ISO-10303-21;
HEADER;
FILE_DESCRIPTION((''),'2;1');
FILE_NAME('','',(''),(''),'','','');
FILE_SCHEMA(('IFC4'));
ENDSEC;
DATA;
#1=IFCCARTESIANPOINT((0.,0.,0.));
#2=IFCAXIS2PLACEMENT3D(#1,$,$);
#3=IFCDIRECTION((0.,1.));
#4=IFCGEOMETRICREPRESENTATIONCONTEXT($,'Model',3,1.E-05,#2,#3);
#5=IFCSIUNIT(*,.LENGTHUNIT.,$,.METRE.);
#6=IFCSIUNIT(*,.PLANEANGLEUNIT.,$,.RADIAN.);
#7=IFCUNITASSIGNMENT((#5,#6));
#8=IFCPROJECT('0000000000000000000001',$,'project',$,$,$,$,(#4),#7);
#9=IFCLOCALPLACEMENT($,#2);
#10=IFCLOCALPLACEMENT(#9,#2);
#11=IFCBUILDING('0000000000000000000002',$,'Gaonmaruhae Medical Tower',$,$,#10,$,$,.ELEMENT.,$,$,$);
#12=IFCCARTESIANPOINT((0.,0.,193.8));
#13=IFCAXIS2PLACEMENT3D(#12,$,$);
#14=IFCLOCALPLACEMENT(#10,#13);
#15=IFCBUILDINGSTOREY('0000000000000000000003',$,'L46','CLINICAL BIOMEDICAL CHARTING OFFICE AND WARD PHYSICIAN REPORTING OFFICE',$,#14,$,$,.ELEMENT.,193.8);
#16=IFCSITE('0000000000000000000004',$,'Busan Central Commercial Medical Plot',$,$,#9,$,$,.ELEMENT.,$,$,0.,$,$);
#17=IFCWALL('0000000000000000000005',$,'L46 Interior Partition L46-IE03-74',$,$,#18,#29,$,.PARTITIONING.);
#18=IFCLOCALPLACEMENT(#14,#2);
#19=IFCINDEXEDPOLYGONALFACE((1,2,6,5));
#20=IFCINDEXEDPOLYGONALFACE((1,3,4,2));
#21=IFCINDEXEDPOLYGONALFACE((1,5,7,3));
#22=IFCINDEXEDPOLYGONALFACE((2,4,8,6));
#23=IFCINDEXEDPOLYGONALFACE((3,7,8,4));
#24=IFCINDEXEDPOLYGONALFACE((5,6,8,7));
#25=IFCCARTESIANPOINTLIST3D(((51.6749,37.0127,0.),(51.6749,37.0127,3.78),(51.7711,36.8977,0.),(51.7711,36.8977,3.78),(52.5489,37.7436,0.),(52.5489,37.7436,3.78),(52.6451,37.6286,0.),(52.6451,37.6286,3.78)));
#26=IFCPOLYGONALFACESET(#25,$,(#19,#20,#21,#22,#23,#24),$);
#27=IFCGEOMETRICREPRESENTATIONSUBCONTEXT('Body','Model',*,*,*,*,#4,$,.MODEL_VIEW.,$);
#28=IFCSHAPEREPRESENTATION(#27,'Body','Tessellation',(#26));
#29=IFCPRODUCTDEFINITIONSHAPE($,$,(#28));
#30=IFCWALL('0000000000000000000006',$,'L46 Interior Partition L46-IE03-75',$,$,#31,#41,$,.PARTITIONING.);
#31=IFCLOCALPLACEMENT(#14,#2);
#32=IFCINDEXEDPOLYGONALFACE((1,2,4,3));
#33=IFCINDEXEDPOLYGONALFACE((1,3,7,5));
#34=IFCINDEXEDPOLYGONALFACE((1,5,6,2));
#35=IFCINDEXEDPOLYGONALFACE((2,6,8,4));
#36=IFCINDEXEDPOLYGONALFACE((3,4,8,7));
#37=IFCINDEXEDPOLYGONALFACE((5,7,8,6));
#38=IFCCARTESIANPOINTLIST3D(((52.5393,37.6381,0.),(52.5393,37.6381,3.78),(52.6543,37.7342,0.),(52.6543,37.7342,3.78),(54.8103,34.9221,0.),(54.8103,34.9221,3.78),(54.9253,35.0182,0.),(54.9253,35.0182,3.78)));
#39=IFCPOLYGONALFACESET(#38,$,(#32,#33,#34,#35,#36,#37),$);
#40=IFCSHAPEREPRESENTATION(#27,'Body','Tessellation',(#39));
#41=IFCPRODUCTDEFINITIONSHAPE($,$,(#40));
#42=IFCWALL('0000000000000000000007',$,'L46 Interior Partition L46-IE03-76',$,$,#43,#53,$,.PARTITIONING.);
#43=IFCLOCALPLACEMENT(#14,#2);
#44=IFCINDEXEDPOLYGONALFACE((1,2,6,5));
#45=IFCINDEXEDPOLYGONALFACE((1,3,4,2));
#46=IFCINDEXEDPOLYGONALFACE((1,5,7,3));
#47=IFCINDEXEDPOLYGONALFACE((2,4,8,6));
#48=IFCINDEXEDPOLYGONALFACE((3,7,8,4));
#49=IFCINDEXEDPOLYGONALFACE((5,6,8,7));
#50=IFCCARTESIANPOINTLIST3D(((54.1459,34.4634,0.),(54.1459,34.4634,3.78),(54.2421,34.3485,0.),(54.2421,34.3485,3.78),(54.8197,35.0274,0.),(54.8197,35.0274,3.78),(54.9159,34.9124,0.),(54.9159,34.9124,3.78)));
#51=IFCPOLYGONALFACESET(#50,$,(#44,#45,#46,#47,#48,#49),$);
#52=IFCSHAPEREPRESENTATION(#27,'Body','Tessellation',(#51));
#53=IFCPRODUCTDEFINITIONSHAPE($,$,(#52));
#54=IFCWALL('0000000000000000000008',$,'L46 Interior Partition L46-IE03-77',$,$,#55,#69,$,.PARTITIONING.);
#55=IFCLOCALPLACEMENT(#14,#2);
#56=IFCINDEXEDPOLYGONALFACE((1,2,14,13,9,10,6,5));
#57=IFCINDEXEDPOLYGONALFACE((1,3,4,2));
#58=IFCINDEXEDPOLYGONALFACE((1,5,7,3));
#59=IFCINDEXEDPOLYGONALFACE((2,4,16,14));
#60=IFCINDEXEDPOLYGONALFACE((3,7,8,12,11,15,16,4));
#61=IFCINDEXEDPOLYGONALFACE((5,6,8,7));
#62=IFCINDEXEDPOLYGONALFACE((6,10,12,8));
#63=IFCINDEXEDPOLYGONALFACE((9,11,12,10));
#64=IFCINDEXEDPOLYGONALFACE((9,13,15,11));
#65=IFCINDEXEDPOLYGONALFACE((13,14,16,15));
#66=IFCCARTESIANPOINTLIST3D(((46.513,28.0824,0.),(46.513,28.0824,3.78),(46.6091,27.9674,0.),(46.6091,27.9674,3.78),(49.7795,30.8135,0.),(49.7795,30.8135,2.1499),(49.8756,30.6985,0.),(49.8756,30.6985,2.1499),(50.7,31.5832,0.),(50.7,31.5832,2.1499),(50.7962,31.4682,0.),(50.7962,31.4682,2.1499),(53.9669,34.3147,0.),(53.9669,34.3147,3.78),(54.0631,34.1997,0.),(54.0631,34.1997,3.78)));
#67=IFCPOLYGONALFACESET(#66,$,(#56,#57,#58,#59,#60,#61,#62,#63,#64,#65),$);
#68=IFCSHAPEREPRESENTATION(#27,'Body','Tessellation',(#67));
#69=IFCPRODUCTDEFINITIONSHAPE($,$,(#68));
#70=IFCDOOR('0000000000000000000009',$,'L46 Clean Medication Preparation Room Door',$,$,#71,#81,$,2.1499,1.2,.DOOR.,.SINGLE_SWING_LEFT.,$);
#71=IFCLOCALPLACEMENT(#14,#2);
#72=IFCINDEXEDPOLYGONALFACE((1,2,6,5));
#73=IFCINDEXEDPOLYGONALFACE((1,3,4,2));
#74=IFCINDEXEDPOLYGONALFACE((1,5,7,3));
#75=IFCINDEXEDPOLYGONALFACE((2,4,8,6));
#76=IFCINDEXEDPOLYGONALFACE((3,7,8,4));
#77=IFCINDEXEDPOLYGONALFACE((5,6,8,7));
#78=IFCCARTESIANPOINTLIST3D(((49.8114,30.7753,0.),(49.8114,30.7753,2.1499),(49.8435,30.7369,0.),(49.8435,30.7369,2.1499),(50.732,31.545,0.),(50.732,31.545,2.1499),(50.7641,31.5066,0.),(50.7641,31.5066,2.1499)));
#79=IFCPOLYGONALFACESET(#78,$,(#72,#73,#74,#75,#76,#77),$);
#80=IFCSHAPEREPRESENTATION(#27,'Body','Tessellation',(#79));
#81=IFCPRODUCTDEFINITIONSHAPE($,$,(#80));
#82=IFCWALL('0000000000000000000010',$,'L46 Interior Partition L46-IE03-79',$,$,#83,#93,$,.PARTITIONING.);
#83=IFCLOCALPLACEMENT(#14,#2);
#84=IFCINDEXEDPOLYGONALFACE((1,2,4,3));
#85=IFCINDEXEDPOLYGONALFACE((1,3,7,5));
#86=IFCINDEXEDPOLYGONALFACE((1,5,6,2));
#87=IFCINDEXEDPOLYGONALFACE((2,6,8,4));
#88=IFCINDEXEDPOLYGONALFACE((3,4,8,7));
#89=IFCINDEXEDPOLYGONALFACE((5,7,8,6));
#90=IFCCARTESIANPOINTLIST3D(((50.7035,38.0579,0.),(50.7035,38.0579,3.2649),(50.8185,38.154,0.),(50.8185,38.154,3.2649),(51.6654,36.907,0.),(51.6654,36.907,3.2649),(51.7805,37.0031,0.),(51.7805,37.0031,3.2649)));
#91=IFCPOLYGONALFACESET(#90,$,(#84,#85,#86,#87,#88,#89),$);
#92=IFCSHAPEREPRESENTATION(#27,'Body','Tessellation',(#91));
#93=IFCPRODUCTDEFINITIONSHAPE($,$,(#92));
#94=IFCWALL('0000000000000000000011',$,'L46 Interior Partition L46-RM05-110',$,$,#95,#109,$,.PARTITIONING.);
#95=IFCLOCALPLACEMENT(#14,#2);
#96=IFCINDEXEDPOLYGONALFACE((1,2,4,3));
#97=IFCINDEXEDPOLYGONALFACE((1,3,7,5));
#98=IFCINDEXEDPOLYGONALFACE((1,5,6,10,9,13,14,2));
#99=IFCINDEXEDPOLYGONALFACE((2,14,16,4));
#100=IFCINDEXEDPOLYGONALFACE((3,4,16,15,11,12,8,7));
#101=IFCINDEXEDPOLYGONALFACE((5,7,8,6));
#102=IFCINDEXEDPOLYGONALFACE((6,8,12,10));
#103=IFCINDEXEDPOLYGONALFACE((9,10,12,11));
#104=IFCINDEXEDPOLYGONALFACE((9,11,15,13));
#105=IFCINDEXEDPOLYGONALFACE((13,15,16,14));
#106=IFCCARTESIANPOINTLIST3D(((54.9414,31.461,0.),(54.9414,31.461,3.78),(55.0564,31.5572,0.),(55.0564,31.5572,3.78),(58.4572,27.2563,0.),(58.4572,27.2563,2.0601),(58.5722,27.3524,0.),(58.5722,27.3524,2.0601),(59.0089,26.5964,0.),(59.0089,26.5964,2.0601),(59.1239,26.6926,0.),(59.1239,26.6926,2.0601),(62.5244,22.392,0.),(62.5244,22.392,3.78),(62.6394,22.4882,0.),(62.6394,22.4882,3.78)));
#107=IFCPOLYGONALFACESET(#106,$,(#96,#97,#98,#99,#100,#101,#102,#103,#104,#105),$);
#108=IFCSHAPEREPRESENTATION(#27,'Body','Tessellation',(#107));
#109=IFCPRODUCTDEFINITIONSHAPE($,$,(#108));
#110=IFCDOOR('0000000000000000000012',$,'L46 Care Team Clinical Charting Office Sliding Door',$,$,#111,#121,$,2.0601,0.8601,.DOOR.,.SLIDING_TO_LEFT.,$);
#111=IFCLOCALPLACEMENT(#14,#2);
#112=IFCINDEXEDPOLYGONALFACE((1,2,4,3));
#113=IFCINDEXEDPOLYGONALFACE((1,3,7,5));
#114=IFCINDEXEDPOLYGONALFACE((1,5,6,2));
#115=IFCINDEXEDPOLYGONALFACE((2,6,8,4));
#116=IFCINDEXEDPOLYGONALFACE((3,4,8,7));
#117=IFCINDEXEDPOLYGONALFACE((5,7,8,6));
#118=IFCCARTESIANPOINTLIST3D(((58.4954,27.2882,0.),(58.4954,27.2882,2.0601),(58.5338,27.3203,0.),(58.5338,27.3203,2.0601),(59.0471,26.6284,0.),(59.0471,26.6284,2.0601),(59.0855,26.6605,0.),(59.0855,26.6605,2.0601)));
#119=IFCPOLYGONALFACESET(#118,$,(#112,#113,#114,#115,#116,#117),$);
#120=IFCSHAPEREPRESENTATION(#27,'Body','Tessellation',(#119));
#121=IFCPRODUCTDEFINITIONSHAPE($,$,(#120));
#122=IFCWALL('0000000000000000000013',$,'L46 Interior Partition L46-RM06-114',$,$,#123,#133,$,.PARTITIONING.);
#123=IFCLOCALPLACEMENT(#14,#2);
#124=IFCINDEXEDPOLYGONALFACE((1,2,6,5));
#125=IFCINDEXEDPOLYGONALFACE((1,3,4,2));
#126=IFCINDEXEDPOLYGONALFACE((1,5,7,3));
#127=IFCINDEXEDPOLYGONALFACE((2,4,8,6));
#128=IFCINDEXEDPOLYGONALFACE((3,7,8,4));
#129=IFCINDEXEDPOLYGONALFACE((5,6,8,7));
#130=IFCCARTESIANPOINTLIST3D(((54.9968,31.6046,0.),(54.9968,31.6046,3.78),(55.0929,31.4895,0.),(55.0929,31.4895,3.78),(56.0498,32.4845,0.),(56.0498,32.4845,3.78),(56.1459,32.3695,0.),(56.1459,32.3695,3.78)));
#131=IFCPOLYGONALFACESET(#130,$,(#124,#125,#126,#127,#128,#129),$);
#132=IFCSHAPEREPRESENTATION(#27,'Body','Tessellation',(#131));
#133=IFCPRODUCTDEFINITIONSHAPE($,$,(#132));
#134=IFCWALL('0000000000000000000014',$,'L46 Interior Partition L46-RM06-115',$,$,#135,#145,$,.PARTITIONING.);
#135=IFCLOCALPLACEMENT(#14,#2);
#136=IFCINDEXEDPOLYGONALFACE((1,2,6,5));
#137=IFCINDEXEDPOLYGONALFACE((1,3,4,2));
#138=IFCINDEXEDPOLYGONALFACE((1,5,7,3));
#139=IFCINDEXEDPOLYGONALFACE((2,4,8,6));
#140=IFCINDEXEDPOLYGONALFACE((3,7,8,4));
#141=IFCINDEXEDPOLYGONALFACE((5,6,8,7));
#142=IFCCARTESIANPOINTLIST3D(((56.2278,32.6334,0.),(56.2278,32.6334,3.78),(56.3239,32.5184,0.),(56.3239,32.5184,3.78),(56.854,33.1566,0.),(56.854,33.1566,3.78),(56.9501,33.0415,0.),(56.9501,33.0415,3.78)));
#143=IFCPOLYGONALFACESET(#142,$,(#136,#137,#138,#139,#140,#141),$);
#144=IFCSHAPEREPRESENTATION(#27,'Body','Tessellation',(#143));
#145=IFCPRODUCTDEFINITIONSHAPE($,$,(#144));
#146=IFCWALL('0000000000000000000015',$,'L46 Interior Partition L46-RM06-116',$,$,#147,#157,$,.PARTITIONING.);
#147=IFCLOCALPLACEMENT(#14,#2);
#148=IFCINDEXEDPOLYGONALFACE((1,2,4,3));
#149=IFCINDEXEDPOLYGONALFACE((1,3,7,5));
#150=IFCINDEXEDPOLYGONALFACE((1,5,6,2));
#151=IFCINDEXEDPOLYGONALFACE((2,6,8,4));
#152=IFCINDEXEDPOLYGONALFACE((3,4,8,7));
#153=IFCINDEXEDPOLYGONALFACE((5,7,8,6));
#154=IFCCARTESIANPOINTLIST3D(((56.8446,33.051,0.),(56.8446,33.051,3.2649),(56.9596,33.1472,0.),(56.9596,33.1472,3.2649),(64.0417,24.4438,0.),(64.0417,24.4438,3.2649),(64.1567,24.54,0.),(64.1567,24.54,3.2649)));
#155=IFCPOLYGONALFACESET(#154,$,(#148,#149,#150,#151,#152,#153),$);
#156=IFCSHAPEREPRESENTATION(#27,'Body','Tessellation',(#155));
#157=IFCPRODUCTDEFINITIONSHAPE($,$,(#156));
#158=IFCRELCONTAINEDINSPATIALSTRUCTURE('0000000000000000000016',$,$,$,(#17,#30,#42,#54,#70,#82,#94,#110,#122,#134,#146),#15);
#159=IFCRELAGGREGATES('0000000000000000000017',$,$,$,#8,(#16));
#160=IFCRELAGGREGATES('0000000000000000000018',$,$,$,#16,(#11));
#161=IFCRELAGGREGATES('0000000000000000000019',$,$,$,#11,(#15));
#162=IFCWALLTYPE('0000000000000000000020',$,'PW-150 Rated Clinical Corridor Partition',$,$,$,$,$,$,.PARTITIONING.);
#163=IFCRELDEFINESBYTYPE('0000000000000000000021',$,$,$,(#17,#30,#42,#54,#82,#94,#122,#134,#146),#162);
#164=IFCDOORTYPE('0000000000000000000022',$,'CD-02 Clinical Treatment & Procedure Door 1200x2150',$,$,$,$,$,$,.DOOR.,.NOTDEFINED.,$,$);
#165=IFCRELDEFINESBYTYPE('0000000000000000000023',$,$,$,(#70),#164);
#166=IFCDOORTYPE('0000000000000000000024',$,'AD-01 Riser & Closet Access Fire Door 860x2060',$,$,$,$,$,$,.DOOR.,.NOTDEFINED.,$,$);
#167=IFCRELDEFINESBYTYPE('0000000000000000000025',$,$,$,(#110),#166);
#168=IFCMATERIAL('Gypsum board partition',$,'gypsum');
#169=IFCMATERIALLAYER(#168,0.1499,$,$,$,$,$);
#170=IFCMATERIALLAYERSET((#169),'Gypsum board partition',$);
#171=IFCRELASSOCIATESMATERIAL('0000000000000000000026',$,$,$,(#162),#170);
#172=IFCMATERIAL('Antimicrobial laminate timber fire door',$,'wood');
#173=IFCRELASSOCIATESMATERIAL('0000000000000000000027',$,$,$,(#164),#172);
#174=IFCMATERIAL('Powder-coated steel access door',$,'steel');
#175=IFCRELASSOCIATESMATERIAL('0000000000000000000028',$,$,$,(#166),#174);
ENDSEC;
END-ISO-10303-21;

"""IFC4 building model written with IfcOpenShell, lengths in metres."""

from ifc_helpers import new_model, si_unit, direction, frame, frame_2d, origin, place, context, subcontext, project, spatial, rectangle, extrude, material, layer, layer_set, type_object, element, fill, save


model = new_model("IFC4")

# Units and contexts
model_context = context("Model", 3, precision=1e-05, world=origin(), true_north=direction((0.0, 1.0)))
body_context = subcontext(model_context, "Body", "Model", "MODEL_VIEW")
ifc_project = project(units=[si_unit("LENGTHUNIT", "METRE"), si_unit("PLANEANGLEUNIT", "RADIAN")], contexts=[model_context])

# Site, building, storey
site_placement = place(None, origin())
site = spatial("IfcSite", under=ifc_project, at=site_placement, Name="Busan Central Commercial Medical Plot", CompositionType="ELEMENT", RefElevation=0.0)
building_placement = place(site_placement, origin())
building = spatial("IfcBuilding", under=site, at=building_placement, Name="Gaonmaruhae Medical Tower", CompositionType="ELEMENT")
storey_placement = place(building_placement, frame((0.0, 0.0, 193.8)))
storey = spatial("IfcBuildingStorey", under=building, at=storey_placement, Name="L46", Description="CLINICAL BIOMEDICAL CHARTING OFFICE AND WARD PHYSICIAN REPORTING OFFICE", CompositionType="ELEMENT", Elevation=193.8)

# Walls
ifc_material_1 = material(Name="Gypsum board partition", Category="gypsum")
ifc_layer_1 = layer(ifc_material_1, 0.1499)
ifc_layer_set_1 = layer_set([ifc_layer_1], Name="Gypsum board partition")
wall_type_1 = type_object("IfcWallType", Name="PW-150 Rated Clinical Corridor Partition", PredefinedType="PARTITIONING", material=ifc_layer_set_1)
wall_1_placement = place(storey_placement, frame((51.7229, 36.9551, 0.0), z_axis=(0.0, 0.0, 1.0), x_axis=(0.767096, 0.641532, 0.0)))
element("IfcWall", 1, at=wall_1_placement, inside=storey, type_object=wall_type_1, Name="L46 Interior Partition L46-IE03-74", PredefinedType="PARTITIONING", context=body_context, shape_type="SweptSolid", body=[
    extrude(rectangle(XDim=1.1394, YDim=0.1499, at=frame_2d((0.5698, 0.0))), origin(), (0.0, 0.0, 1.0), 3.78),
])
wall_2_placement = place(storey_placement, frame((52.5969, 37.686, 0.0), z_axis=(0.0, 0.0, 1.0), x_axis=(0.641452, -0.767163, 0.0)))
element("IfcWall", 2, at=wall_2_placement, inside=storey, type_object=wall_type_1, Name="L46 Interior Partition L46-IE03-75", PredefinedType="PARTITIONING", context=body_context, shape_type="SweptSolid", body=[
    extrude(rectangle(XDim=3.5403, YDim=0.1499, at=frame_2d((1.77, 0.0))), origin(), (0.0, 0.0, 1.0), 3.78),
])
wall_3_placement = place(storey_placement, frame((54.8679, 34.97, 0.0), z_axis=(0.0, 0.0, 1.0), x_axis=(-0.766853, -0.641823, 0.0)))
element("IfcWall", 3, at=wall_3_placement, inside=storey, type_object=wall_type_1, Name="L46 Interior Partition L46-IE03-76", PredefinedType="PARTITIONING", context=body_context, shape_type="SweptSolid", body=[
    extrude(rectangle(XDim=0.8787, YDim=0.1499, at=frame_2d((0.4395, 0.0))), origin(), (0.0, 0.0, 1.0), 3.78),
])

# Wall, opening, door
wall_4_placement = place(storey_placement, frame((54.0149, 34.2571, 0.0), z_axis=(0.0, 0.0, 1.0), x_axis=(-0.767176, -0.641437, 0.0)))
wall_4 = element("IfcWall", 4, at=wall_4_placement, inside=storey, type_object=wall_type_1, Name="L46 Interior Partition L46-IE03-77", PredefinedType="PARTITIONING", context=body_context, shape_type="SweptSolid", body=[
    extrude(rectangle(XDim=9.7161, YDim=0.1499, at=frame_2d((4.8579, 0.0))), origin(), (0.0, 0.0, 1.0), 3.78),
])
opening_1_placement = place(wall_4_placement, frame((4.2581, 0.0, 0.0)))
opening_1 = element("IfcOpeningElement", 5, at=opening_1_placement, cuts=wall_4, PredefinedType="OPENING", context=body_context, shape_type="SweptSolid", body=[
    extrude(rectangle(XDim=1.2, YDim=2.1499, at=frame_2d((0.6001, 1.075))), frame((0.0, 0.085, 0.0), z_axis=(0.0, -1.0, 0.0), x_axis=(1.0, 0.0, 0.0)), (0.0, 0.0, 1.0), 0.1699),
])
ifc_material_2 = material(Name="Antimicrobial laminate timber fire door", Category="wood")
door_type_1 = type_object("IfcDoorType", Name="CD-02 Clinical Treatment & Procedure Door 1200x2150", OperationType="NOTDEFINED", PredefinedType="DOOR", material=ifc_material_2)
door_1_placement = place(opening_1_placement, origin())
door_1 = element("IfcDoor", 6, at=door_1_placement, inside=storey, type_object=door_type_1, Name="L46 Clean Medication Preparation Room Door", OperationType="SINGLE_SWING_LEFT", OverallHeight=2.1499, OverallWidth=1.2, PredefinedType="DOOR", context=body_context, shape_type="SweptSolid", body=[
    extrude(rectangle(XDim=1.2, YDim=2.1499, at=frame_2d((0.6001, 1.075))), frame((0.0, 0.0249, 0.0), z_axis=(0.0, -1.0, 0.0), x_axis=(1.0, 0.0, 0.0)), (0.0, 0.0, 1.0), 0.05),
])
fill(opening_1, door_1)

# Wall
wall_5_placement = place(storey_placement, frame((50.761, 38.106, 0.0), z_axis=(0.0, 0.0, 1.0), x_axis=(0.641304, -0.767287, 0.0)))
element("IfcWall", 7, at=wall_5_placement, inside=storey, type_object=wall_type_1, Name="L46 Interior Partition L46-IE03-79", PredefinedType="PARTITIONING", context=body_context, shape_type="SweptSolid", body=[
    extrude(rectangle(XDim=1.5, YDim=0.1499, at=frame_2d((0.75, 0.0))), origin(), (0.0, 0.0, 1.0), 3.2649),
])

# Wall, opening, door
wall_6_placement = place(storey_placement, frame((54.999, 31.509, 0.0), z_axis=(0.0, 0.0, 1.0), x_axis=(0.641453, -0.767162, 0.0)))
wall_6 = element("IfcWall", 8, at=wall_6_placement, inside=storey, type_object=wall_type_1, Name="L46 Interior Partition L46-RM05-110", PredefinedType="PARTITIONING", context=body_context, shape_type="SweptSolid", body=[
    extrude(rectangle(XDim=11.8215, YDim=0.1499, at=frame_2d((5.9106, 0.0))), origin(), (0.0, 0.0, 1.0), 3.78),
])
opening_2_placement = place(wall_6_placement, frame((5.4807, 0.0, 0.0)))
opening_2 = element("IfcOpeningElement", 9, at=opening_2_placement, cuts=wall_6, PredefinedType="OPENING", context=body_context, shape_type="SweptSolid", body=[
    extrude(rectangle(XDim=0.8601, YDim=2.0601, at=frame_2d((0.4302, 1.03))), frame((0.0, 0.085, 0.0), z_axis=(0.0, -1.0, 0.0), x_axis=(1.0, 0.0, 0.0)), (0.0, 0.0, 1.0), 0.1699),
])
ifc_material_3 = material(Name="Powder-coated steel access door", Category="steel")
door_type_2 = type_object("IfcDoorType", Name="AD-01 Riser & Closet Access Fire Door 860x2060", OperationType="NOTDEFINED", PredefinedType="DOOR", material=ifc_material_3)
door_2_placement = place(opening_2_placement, origin())
door_2 = element("IfcDoor", 10, at=door_2_placement, inside=storey, type_object=door_type_2, Name="L46 Care Team Clinical Charting Office Sliding Door", OperationType="SLIDING_TO_LEFT", OverallHeight=2.0601, OverallWidth=0.8601, PredefinedType="DOOR", context=body_context, shape_type="SweptSolid", body=[
    extrude(rectangle(XDim=0.8601, YDim=2.0601, at=frame_2d((0.4302, 1.03))), frame((0.0, 0.0249, 0.0), z_axis=(0.0, -1.0, 0.0), x_axis=(1.0, 0.0, 0.0)), (0.0, 0.0, 1.0), 0.05),
])
fill(opening_2, door_2)

# Walls
wall_7_placement = place(storey_placement, frame((55.0449, 31.5471, 0.0), z_axis=(0.0, 0.0, 1.0), x_axis=(0.76736, 0.641216, 0.0)))
element("IfcWall", 11, at=wall_7_placement, inside=storey, type_object=wall_type_1, Name="L46 Interior Partition L46-RM06-114", PredefinedType="PARTITIONING", context=body_context, shape_type="SweptSolid", body=[
    extrude(rectangle(XDim=1.3723, YDim=0.1499, at=frame_2d((0.686, 0.0))), origin(), (0.0, 0.0, 1.0), 3.78),
])
wall_8_placement = place(storey_placement, frame((56.2759, 32.5759, 0.0), z_axis=(0.0, 0.0, 1.0), x_axis=(0.767411, 0.641155, 0.0)))
element("IfcWall", 12, at=wall_8_placement, inside=storey, type_object=wall_type_1, Name="L46 Interior Partition L46-RM06-115", PredefinedType="PARTITIONING", context=body_context, shape_type="SweptSolid", body=[
    extrude(rectangle(XDim=0.8159, YDim=0.1499, at=frame_2d((0.408, 0.0))), origin(), (0.0, 0.0, 1.0), 3.78),
])
wall_9_placement = place(storey_placement, frame((56.9021, 33.0991, 0.0), z_axis=(0.0, 0.0, 1.0), x_axis=(0.641466, -0.767152, 0.0)))
element("IfcWall", 13, at=wall_9_placement, inside=storey, type_object=wall_type_1, Name="L46 Interior Partition L46-RM06-116", PredefinedType="PARTITIONING", context=body_context, shape_type="SweptSolid", body=[
    extrude(rectangle(XDim=11.2197, YDim=0.1499, at=frame_2d((5.6099, 0.0))), origin(), (0.0, 0.0, 1.0), 3.2649),
])

save(model, "model.ifc")
